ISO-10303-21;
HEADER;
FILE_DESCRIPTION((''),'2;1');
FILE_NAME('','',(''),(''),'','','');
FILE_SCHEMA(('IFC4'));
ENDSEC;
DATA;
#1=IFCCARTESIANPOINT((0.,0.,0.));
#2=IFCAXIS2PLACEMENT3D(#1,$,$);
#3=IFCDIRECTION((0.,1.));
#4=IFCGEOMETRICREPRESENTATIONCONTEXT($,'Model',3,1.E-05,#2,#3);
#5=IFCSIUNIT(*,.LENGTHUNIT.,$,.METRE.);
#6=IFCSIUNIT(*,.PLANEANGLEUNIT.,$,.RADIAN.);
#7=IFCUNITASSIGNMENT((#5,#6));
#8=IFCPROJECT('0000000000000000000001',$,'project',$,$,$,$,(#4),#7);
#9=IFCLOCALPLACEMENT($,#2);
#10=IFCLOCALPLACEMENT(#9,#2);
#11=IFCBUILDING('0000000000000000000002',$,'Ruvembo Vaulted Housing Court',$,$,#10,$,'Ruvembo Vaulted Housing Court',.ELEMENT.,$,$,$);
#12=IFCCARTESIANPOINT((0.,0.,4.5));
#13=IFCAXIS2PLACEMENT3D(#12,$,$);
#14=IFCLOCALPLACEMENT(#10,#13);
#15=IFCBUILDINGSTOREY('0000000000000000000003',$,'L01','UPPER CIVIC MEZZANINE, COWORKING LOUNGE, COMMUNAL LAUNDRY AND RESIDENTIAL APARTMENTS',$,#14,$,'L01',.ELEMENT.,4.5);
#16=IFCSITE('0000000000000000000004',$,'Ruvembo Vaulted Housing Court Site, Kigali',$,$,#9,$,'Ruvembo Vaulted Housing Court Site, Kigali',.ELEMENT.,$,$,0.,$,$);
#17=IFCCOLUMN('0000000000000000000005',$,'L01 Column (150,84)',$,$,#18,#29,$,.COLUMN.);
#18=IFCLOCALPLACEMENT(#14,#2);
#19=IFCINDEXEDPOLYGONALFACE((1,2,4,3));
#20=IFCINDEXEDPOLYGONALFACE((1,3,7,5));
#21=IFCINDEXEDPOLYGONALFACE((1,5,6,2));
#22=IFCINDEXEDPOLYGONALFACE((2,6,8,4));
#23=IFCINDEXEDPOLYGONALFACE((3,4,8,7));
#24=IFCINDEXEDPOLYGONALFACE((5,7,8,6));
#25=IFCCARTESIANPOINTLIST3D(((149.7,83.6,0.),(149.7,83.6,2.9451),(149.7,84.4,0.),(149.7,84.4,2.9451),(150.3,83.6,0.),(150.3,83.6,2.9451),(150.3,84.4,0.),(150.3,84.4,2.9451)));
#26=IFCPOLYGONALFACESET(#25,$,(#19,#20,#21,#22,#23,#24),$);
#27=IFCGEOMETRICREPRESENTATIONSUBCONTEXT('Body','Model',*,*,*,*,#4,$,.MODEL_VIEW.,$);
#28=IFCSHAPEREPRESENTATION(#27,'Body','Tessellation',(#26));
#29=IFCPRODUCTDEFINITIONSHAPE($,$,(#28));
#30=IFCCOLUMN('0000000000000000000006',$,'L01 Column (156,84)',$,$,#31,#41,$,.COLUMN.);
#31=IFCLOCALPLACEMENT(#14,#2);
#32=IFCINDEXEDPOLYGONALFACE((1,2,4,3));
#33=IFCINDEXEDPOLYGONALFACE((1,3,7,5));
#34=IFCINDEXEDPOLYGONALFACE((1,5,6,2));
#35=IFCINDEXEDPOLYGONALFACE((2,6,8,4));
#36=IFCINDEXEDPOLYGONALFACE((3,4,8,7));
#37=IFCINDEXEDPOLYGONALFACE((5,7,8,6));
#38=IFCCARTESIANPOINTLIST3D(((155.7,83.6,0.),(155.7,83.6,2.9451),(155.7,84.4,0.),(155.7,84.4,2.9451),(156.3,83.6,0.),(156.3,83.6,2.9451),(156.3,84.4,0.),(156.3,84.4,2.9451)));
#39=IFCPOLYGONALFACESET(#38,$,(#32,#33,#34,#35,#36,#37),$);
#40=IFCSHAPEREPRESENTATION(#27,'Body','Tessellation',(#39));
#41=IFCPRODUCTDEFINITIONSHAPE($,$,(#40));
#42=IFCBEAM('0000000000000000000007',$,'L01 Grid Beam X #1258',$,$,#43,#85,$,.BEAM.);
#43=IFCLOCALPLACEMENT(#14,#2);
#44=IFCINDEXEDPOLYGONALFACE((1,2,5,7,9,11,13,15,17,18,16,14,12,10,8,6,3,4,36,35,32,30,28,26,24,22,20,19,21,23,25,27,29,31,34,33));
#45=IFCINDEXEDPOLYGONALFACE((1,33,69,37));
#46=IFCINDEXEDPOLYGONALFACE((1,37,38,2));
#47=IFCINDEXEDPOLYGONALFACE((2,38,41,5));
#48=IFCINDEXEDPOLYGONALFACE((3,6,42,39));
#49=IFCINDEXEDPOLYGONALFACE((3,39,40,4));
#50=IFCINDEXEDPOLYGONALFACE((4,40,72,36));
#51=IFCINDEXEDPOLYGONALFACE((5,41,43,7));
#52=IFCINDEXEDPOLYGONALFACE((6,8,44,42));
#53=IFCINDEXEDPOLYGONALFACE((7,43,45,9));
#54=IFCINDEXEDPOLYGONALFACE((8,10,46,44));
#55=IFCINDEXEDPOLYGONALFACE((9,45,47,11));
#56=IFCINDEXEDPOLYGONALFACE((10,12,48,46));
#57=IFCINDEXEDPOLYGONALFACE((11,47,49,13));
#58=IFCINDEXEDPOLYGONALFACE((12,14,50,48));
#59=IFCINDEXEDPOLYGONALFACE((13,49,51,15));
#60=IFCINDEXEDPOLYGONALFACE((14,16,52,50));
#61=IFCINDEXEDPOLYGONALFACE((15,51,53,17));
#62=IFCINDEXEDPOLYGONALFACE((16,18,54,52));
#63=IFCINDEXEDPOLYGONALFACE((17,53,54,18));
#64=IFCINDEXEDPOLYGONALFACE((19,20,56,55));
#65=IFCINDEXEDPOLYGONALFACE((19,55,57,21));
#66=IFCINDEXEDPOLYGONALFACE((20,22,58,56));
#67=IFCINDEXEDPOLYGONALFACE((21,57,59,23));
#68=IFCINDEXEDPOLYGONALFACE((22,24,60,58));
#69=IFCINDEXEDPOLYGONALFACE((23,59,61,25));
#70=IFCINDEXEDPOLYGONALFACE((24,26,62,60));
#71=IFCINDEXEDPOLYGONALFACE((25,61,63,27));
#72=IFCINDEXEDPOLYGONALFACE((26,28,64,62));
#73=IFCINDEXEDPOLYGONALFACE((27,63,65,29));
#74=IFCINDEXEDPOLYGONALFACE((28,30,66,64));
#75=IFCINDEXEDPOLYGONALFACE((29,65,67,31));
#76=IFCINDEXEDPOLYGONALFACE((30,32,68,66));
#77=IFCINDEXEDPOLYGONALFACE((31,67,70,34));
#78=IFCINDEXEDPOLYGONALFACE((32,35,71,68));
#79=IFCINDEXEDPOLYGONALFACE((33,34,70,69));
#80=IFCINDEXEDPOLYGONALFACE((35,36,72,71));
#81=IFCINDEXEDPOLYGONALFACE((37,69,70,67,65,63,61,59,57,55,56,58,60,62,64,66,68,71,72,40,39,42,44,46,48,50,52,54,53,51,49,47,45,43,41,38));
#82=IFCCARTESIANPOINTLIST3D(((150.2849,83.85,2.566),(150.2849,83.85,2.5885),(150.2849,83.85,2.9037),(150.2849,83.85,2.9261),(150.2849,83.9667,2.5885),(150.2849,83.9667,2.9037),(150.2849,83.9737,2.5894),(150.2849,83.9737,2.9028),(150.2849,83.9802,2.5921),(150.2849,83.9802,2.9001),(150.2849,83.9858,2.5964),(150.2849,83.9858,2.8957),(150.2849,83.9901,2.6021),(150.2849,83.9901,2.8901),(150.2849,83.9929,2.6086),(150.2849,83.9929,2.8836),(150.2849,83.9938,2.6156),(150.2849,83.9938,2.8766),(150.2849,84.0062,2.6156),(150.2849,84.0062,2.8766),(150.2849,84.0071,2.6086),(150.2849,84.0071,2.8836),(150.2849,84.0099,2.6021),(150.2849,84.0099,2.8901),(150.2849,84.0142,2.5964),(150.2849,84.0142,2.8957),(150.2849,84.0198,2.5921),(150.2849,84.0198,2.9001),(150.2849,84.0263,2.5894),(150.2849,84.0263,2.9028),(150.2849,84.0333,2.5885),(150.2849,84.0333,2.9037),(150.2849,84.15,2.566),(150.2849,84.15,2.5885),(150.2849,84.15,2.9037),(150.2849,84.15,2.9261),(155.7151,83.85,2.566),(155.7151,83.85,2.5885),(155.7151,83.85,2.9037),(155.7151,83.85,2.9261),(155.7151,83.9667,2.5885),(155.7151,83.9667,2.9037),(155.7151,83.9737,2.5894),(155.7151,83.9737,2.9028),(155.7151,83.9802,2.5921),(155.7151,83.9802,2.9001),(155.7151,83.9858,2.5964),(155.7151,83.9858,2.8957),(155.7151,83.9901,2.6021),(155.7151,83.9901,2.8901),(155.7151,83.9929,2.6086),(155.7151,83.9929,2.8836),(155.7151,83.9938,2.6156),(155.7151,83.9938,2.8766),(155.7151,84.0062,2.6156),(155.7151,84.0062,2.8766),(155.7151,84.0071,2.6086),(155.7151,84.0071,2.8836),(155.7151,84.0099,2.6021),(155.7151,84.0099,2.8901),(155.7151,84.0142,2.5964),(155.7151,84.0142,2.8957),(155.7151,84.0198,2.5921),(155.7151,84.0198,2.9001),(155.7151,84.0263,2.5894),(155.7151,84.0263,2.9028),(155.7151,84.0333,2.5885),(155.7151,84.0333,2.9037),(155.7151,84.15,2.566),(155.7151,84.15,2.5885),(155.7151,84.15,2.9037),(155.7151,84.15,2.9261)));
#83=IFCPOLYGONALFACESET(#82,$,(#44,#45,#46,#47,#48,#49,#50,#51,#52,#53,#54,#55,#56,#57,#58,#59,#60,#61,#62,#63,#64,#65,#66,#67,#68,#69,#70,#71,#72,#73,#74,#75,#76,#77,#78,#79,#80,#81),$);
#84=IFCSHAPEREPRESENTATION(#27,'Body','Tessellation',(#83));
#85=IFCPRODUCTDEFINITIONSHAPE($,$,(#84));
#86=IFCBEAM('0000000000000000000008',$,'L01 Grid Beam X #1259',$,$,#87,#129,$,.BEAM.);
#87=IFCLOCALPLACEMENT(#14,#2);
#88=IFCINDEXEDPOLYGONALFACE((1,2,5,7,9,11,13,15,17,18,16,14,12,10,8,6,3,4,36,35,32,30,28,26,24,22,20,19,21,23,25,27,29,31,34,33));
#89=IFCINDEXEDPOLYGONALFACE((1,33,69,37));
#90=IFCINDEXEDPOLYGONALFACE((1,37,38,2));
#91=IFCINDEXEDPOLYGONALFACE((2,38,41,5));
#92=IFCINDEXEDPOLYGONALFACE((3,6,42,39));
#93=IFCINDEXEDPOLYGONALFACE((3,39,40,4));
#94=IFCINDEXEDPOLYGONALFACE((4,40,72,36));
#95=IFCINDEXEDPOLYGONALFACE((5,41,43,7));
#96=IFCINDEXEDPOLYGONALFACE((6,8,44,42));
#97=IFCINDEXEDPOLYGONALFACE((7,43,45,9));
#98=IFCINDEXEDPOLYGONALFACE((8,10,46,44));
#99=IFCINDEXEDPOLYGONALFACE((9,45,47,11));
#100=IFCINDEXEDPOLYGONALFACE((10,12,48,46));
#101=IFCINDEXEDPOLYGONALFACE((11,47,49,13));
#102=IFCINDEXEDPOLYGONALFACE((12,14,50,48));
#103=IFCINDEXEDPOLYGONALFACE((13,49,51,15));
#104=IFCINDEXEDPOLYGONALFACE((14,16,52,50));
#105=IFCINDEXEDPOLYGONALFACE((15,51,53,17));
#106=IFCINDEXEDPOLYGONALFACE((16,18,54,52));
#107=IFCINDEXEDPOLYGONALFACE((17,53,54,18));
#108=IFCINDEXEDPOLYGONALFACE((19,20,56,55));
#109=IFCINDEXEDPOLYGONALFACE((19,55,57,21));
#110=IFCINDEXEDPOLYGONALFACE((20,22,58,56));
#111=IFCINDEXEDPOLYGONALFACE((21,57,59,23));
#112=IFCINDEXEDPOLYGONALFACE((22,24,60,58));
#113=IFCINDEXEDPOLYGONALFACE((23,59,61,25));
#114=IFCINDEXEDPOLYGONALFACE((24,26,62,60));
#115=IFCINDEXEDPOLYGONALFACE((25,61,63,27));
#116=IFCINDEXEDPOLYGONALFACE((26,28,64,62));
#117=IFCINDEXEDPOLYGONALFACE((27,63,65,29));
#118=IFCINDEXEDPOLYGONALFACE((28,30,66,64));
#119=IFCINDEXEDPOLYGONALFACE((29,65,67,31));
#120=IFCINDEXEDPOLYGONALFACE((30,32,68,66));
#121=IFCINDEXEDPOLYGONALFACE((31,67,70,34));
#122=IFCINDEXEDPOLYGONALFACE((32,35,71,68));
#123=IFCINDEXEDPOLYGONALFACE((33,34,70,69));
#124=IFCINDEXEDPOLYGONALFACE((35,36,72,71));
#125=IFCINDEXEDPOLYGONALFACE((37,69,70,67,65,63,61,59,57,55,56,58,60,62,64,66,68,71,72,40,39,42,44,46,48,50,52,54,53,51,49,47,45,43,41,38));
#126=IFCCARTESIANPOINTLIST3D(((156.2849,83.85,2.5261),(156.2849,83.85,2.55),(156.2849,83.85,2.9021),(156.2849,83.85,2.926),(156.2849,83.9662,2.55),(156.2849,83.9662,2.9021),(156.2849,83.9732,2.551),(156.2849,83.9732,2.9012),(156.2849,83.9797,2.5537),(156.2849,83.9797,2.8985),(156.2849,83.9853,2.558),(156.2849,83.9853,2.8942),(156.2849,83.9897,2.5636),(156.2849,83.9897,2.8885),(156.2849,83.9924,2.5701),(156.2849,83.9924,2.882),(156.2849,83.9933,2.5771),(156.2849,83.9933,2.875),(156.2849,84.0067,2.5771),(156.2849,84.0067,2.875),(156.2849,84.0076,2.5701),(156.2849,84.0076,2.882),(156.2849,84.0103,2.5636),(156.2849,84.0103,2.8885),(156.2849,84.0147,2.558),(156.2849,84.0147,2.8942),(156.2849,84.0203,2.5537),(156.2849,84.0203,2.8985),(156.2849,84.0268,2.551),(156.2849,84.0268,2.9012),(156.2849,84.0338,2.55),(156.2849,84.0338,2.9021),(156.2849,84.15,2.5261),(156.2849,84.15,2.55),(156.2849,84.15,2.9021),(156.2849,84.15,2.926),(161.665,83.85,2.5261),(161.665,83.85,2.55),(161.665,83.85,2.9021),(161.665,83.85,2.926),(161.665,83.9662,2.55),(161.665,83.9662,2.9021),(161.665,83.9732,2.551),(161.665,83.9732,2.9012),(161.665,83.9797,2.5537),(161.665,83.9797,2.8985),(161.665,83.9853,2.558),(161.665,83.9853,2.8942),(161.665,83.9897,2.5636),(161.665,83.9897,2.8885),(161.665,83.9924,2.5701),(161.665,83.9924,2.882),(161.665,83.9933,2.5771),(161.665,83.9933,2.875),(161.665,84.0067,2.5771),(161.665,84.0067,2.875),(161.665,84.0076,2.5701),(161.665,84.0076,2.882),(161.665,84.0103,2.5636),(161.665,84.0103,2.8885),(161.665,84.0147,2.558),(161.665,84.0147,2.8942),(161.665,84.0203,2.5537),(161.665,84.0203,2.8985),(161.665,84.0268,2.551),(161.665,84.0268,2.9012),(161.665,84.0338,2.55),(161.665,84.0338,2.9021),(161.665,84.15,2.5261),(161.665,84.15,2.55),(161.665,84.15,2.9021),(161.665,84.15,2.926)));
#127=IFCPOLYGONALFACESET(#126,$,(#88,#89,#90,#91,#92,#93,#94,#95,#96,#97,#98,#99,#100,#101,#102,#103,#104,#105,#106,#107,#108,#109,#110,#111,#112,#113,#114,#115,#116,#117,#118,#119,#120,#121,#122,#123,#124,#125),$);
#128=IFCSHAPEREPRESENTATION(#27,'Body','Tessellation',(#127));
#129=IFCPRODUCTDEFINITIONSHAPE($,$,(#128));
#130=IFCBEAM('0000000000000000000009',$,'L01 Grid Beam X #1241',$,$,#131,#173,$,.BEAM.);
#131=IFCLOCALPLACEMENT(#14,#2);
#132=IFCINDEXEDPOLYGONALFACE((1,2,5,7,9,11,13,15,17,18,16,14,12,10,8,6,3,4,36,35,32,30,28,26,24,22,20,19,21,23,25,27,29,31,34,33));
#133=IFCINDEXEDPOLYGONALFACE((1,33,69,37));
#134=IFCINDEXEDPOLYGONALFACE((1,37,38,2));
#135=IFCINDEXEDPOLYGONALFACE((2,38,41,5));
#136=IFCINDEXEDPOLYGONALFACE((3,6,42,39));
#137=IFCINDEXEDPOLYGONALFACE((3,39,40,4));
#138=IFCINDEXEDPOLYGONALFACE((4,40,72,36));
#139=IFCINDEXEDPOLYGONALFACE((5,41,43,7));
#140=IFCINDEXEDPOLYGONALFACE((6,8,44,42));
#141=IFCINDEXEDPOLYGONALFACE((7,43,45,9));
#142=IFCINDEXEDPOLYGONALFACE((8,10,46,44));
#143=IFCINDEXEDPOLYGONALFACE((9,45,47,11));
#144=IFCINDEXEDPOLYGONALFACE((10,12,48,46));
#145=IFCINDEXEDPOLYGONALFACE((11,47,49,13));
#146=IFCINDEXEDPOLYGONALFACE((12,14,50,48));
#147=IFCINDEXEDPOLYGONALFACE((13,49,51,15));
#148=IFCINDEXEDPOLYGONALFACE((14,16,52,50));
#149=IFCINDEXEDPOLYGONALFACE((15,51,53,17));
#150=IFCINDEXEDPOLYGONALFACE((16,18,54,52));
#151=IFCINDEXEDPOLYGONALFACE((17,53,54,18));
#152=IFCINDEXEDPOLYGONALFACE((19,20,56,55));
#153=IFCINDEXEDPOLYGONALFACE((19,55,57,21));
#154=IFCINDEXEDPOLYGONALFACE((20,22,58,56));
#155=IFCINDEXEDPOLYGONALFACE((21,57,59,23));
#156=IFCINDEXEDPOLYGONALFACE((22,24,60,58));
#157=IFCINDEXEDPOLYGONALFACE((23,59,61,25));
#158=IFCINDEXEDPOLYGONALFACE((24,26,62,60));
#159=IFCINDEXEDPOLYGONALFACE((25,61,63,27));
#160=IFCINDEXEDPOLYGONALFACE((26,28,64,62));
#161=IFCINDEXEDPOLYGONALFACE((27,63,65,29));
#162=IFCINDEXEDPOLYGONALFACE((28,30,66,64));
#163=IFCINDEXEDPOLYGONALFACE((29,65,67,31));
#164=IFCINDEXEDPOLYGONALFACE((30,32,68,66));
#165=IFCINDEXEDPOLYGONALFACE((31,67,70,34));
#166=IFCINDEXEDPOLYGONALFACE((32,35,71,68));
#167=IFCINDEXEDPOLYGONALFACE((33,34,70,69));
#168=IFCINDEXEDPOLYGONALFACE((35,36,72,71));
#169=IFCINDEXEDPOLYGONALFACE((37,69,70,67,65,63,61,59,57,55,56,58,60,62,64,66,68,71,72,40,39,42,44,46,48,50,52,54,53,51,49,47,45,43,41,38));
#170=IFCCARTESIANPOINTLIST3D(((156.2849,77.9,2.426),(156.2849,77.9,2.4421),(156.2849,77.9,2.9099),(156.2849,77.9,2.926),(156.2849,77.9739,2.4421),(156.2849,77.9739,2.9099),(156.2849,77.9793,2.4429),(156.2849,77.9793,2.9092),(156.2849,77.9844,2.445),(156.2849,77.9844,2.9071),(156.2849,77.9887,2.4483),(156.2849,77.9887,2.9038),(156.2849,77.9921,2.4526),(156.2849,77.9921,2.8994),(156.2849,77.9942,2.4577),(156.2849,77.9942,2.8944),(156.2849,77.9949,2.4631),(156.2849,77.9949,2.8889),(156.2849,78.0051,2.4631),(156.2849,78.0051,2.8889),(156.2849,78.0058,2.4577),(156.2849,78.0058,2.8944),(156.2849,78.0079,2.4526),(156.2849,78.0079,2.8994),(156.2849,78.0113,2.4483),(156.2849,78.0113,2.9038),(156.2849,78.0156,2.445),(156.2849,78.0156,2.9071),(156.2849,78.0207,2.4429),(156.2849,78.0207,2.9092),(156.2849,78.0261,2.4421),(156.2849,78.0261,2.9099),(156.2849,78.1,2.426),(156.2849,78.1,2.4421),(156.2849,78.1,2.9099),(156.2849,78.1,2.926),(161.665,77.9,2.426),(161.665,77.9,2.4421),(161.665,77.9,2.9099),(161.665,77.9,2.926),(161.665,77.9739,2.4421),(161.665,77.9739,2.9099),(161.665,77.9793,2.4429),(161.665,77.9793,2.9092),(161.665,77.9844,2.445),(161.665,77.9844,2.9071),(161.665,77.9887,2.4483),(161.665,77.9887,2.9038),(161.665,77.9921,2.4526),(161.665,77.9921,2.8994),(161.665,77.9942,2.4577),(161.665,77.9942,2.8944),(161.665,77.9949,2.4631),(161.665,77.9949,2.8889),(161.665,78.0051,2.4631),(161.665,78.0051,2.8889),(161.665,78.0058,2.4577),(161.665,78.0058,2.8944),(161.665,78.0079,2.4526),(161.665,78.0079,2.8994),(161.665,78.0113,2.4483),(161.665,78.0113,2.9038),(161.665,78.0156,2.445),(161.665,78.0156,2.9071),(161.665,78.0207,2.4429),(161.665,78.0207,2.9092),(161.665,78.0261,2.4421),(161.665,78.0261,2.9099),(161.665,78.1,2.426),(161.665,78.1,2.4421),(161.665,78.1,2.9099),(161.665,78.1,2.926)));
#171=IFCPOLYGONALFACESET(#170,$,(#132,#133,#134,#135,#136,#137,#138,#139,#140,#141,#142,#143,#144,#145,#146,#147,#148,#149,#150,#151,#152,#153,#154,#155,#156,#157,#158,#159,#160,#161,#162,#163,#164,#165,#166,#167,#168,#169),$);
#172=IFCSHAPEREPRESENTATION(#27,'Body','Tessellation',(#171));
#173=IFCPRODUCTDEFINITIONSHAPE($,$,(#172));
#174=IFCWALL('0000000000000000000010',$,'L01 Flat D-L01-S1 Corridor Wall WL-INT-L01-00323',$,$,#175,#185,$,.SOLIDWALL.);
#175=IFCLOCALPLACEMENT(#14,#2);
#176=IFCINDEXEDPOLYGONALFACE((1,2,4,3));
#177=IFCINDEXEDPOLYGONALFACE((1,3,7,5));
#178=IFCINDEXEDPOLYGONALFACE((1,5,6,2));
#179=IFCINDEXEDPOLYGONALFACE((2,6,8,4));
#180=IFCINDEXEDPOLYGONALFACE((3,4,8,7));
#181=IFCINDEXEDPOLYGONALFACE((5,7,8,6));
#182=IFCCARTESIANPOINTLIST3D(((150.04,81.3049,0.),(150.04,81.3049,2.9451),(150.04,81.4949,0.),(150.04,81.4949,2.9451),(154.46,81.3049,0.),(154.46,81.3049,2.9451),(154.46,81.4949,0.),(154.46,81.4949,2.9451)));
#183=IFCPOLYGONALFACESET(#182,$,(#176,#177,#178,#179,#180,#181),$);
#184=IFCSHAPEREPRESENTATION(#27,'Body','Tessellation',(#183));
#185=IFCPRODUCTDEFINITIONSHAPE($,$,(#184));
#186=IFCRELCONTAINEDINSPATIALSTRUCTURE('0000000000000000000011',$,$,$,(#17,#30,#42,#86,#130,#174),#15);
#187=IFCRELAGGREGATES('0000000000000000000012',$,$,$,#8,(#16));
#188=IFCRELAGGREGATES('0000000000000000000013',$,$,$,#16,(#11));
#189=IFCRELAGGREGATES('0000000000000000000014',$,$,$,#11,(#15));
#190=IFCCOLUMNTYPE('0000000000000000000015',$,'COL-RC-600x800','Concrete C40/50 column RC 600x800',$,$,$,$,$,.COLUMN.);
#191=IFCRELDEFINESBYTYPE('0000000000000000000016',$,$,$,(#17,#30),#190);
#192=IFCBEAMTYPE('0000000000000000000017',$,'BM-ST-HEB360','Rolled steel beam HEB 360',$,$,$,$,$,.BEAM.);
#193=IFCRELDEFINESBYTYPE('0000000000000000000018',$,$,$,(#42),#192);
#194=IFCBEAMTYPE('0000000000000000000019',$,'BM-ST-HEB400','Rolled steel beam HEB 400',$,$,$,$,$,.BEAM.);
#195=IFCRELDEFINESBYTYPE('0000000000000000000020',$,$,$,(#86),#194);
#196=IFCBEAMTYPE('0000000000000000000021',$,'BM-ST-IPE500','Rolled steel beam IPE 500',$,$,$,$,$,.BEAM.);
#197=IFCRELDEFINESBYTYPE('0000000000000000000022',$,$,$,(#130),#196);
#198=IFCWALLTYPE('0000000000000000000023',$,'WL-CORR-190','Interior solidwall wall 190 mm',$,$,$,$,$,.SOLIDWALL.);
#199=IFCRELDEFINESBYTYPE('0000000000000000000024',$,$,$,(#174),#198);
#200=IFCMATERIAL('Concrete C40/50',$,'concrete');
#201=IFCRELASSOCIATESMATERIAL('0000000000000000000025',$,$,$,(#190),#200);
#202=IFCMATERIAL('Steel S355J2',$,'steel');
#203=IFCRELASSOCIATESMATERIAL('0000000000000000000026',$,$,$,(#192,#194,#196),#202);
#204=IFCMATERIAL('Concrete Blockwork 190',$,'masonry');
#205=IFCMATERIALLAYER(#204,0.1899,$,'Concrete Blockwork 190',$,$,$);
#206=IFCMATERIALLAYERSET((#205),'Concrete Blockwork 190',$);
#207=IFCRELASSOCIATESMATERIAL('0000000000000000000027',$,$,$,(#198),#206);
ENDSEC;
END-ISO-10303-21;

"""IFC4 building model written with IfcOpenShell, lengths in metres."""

from ifc_helpers import new_model, si_unit, direction, frame, frame_2d, origin, origin_2d, place, context, subcontext, project, spatial, rectangle, i_section, extrude, material, layer, layer_set, material_profile, profile_set, type_object, element, save


model = new_model("IFC4")

# Units and contexts
model_context = context("Model", 3, precision=1e-05, world=origin(), true_north=direction((0.0, 1.0)))
body_context = subcontext(model_context, "Body", "Model", "MODEL_VIEW")
ifc_project = project(units=[si_unit("LENGTHUNIT", "METRE"), si_unit("PLANEANGLEUNIT", "RADIAN")], contexts=[model_context])

# Site, building, storey
site_placement = place(None, origin())
site = spatial("IfcSite", under=ifc_project, at=site_placement, Name="Ruvembo Vaulted Housing Court Site, Kigali", LongName="Ruvembo Vaulted Housing Court Site, Kigali", CompositionType="ELEMENT", RefElevation=0.0)
building_placement = place(site_placement, origin())
building = spatial("IfcBuilding", under=site, at=building_placement, Name="Ruvembo Vaulted Housing Court", LongName="Ruvembo Vaulted Housing Court", CompositionType="ELEMENT")
storey_placement = place(building_placement, frame((0.0, 0.0, 4.5)))
storey = spatial("IfcBuildingStorey", under=building, at=storey_placement, Name="L01", Description="UPPER CIVIC MEZZANINE, COWORKING LOUNGE, COMMUNAL LAUNDRY AND RESIDENTIAL APARTMENTS", LongName="L01", CompositionType="ELEMENT", Elevation=4.5)

# Columns
ifc_material_1 = material(Name="Concrete C40/50", Category="concrete")
ifc_material_profile_1 = material_profile(ifc_material_1, rectangle(XDim=0.6001, YDim=0.8, at=origin_2d()), Name="RC 600x800")
ifc_profile_set_1 = profile_set([ifc_material_profile_1], Name="Concrete C40/50")
column_type = type_object("IfcColumnType", Name="COL-RC-600x800", Description="Concrete C40/50 column RC 600x800", PredefinedType="COLUMN", material=ifc_profile_set_1)
for number, where, z_axis, x_axis, name in (
    (1, (150.0, 84.0, 0.0), (0.0, 0.0, 1.0), (1.0, 0.0, 0.0), "L01 Column (150,84)"),
    (2, (156.0, 84.0, 0.0), (0.0, 0.0, 1.0), (1.0, 0.0, 0.0), "L01 Column (156,84)"),
):
    element("IfcColumn", number, at=place(storey_placement, frame(where, z_axis=z_axis, x_axis=x_axis)), inside=storey, type_object=column_type, Name=name, PredefinedType="COLUMN", context=body_context, shape_type="SweptSolid", body=[
        extrude(rectangle(XDim=0.6001, YDim=0.8, at=origin_2d()), origin(), (0.0, 0.0, 1.0), 2.9451),
    ])

# Beams
ifc_material_2 = material(Name="Steel S355J2", Category="steel")
ifc_material_profile_2 = material_profile(ifc_material_2, i_section(OverallWidth=0.3, OverallDepth=0.3601, WebThickness=0.0125, FlangeThickness=0.0225, FilletRadius=0.0271, at=origin_2d()), Name="HEB 360")
ifc_profile_set_2 = profile_set([ifc_material_profile_2], Name="Steel S355J2")
beam_type_1 = type_object("IfcBeamType", Name="BM-ST-HEB360", Description="Rolled steel beam HEB 360", PredefinedType="BEAM", material=ifc_profile_set_2)
beam_1_placement = place(storey_placement, frame((150.2849, 84.0, 2.7461), z_axis=(1.0, 0.0, 0.0), x_axis=(0.0, 1.0, 0.0)))
element("IfcBeam", 3, at=beam_1_placement, inside=storey, type_object=beam_type_1, Name="L01 Grid Beam X #1258", PredefinedType="BEAM", context=body_context, shape_type="SweptSolid", body=[
    extrude(i_section(OverallWidth=0.3, OverallDepth=0.3601, WebThickness=0.0125, FlangeThickness=0.0225, FilletRadius=0.0271, at=origin_2d()), origin(), (0.0, 0.0, 1.0), 5.4302),
])
ifc_material_profile_3 = material_profile(ifc_material_2, i_section(OverallWidth=0.3, OverallDepth=0.3999, WebThickness=0.0134, FlangeThickness=0.0239, FilletRadius=0.0271, at=origin_2d()), Name="HEB 400")
ifc_profile_set_3 = profile_set([ifc_material_profile_3], Name="Steel S355J2")
beam_type_2 = type_object("IfcBeamType", Name="BM-ST-HEB400", Description="Rolled steel beam HEB 400", PredefinedType="BEAM", material=ifc_profile_set_3)
beam_2_placement = place(storey_placement, frame((156.2849, 84.0, 2.7261), z_axis=(1.0, 0.0, 0.0), x_axis=(0.0, 1.0, 0.0)))
element("IfcBeam", 4, at=beam_2_placement, inside=storey, type_object=beam_type_2, Name="L01 Grid Beam X #1259", PredefinedType="BEAM", context=body_context, shape_type="SweptSolid", body=[
    extrude(i_section(OverallWidth=0.3, OverallDepth=0.3999, WebThickness=0.0134, FlangeThickness=0.0239, FilletRadius=0.0271, at=origin_2d()), origin(), (0.0, 0.0, 1.0), 5.3801),
])
ifc_material_profile_4 = material_profile(ifc_material_2, i_section(OverallWidth=0.2, OverallDepth=0.5, WebThickness=0.0103, FlangeThickness=0.0161, FilletRadius=0.021, at=origin_2d()), Name="IPE 500")
ifc_profile_set_4 = profile_set([ifc_material_profile_4], Name="Steel S355J2")
beam_type_3 = type_object("IfcBeamType", Name="BM-ST-IPE500", Description="Rolled steel beam IPE 500", PredefinedType="BEAM", material=ifc_profile_set_4)
beam_3_placement = place(storey_placement, frame((156.2849, 78.0, 2.676), z_axis=(1.0, 0.0, 0.0), x_axis=(0.0, 1.0, 0.0)))
element("IfcBeam", 5, at=beam_3_placement, inside=storey, type_object=beam_type_3, Name="L01 Grid Beam X #1241", PredefinedType="BEAM", context=body_context, shape_type="SweptSolid", body=[
    extrude(i_section(OverallWidth=0.2, OverallDepth=0.5, WebThickness=0.0103, FlangeThickness=0.0161, FilletRadius=0.021, at=origin_2d()), origin(), (0.0, 0.0, 1.0), 5.3801),
])

# Wall
ifc_material_3 = material(Name="Concrete Blockwork 190", Category="masonry")
ifc_layer_1 = layer(ifc_material_3, 0.1899, Name="Concrete Blockwork 190")
ifc_layer_set_1 = layer_set([ifc_layer_1], Name="Concrete Blockwork 190")
wall_type_1 = type_object("IfcWallType", Name="WL-CORR-190", Description="Interior solidwall wall 190 mm", PredefinedType="SOLIDWALL", material=ifc_layer_set_1)
wall_1_placement = place(storey_placement, frame((150.04, 81.3999, 0.0), z_axis=(0.0, 0.0, 1.0), x_axis=(1.0, 0.0, 0.0)))
element("IfcWall", 6, at=wall_1_placement, inside=storey, type_object=wall_type_1, Name="L01 Flat D-L01-S1 Corridor Wall WL-INT-L01-00323", PredefinedType="SOLIDWALL", context=body_context, shape_type="SweptSolid", body=[
    extrude(rectangle(XDim=4.4199, YDim=0.1899, at=frame_2d((2.21, 0.0))), origin(), (0.0, 0.0, 1.0), 2.9451),
])

save(model, "model.ifc")
